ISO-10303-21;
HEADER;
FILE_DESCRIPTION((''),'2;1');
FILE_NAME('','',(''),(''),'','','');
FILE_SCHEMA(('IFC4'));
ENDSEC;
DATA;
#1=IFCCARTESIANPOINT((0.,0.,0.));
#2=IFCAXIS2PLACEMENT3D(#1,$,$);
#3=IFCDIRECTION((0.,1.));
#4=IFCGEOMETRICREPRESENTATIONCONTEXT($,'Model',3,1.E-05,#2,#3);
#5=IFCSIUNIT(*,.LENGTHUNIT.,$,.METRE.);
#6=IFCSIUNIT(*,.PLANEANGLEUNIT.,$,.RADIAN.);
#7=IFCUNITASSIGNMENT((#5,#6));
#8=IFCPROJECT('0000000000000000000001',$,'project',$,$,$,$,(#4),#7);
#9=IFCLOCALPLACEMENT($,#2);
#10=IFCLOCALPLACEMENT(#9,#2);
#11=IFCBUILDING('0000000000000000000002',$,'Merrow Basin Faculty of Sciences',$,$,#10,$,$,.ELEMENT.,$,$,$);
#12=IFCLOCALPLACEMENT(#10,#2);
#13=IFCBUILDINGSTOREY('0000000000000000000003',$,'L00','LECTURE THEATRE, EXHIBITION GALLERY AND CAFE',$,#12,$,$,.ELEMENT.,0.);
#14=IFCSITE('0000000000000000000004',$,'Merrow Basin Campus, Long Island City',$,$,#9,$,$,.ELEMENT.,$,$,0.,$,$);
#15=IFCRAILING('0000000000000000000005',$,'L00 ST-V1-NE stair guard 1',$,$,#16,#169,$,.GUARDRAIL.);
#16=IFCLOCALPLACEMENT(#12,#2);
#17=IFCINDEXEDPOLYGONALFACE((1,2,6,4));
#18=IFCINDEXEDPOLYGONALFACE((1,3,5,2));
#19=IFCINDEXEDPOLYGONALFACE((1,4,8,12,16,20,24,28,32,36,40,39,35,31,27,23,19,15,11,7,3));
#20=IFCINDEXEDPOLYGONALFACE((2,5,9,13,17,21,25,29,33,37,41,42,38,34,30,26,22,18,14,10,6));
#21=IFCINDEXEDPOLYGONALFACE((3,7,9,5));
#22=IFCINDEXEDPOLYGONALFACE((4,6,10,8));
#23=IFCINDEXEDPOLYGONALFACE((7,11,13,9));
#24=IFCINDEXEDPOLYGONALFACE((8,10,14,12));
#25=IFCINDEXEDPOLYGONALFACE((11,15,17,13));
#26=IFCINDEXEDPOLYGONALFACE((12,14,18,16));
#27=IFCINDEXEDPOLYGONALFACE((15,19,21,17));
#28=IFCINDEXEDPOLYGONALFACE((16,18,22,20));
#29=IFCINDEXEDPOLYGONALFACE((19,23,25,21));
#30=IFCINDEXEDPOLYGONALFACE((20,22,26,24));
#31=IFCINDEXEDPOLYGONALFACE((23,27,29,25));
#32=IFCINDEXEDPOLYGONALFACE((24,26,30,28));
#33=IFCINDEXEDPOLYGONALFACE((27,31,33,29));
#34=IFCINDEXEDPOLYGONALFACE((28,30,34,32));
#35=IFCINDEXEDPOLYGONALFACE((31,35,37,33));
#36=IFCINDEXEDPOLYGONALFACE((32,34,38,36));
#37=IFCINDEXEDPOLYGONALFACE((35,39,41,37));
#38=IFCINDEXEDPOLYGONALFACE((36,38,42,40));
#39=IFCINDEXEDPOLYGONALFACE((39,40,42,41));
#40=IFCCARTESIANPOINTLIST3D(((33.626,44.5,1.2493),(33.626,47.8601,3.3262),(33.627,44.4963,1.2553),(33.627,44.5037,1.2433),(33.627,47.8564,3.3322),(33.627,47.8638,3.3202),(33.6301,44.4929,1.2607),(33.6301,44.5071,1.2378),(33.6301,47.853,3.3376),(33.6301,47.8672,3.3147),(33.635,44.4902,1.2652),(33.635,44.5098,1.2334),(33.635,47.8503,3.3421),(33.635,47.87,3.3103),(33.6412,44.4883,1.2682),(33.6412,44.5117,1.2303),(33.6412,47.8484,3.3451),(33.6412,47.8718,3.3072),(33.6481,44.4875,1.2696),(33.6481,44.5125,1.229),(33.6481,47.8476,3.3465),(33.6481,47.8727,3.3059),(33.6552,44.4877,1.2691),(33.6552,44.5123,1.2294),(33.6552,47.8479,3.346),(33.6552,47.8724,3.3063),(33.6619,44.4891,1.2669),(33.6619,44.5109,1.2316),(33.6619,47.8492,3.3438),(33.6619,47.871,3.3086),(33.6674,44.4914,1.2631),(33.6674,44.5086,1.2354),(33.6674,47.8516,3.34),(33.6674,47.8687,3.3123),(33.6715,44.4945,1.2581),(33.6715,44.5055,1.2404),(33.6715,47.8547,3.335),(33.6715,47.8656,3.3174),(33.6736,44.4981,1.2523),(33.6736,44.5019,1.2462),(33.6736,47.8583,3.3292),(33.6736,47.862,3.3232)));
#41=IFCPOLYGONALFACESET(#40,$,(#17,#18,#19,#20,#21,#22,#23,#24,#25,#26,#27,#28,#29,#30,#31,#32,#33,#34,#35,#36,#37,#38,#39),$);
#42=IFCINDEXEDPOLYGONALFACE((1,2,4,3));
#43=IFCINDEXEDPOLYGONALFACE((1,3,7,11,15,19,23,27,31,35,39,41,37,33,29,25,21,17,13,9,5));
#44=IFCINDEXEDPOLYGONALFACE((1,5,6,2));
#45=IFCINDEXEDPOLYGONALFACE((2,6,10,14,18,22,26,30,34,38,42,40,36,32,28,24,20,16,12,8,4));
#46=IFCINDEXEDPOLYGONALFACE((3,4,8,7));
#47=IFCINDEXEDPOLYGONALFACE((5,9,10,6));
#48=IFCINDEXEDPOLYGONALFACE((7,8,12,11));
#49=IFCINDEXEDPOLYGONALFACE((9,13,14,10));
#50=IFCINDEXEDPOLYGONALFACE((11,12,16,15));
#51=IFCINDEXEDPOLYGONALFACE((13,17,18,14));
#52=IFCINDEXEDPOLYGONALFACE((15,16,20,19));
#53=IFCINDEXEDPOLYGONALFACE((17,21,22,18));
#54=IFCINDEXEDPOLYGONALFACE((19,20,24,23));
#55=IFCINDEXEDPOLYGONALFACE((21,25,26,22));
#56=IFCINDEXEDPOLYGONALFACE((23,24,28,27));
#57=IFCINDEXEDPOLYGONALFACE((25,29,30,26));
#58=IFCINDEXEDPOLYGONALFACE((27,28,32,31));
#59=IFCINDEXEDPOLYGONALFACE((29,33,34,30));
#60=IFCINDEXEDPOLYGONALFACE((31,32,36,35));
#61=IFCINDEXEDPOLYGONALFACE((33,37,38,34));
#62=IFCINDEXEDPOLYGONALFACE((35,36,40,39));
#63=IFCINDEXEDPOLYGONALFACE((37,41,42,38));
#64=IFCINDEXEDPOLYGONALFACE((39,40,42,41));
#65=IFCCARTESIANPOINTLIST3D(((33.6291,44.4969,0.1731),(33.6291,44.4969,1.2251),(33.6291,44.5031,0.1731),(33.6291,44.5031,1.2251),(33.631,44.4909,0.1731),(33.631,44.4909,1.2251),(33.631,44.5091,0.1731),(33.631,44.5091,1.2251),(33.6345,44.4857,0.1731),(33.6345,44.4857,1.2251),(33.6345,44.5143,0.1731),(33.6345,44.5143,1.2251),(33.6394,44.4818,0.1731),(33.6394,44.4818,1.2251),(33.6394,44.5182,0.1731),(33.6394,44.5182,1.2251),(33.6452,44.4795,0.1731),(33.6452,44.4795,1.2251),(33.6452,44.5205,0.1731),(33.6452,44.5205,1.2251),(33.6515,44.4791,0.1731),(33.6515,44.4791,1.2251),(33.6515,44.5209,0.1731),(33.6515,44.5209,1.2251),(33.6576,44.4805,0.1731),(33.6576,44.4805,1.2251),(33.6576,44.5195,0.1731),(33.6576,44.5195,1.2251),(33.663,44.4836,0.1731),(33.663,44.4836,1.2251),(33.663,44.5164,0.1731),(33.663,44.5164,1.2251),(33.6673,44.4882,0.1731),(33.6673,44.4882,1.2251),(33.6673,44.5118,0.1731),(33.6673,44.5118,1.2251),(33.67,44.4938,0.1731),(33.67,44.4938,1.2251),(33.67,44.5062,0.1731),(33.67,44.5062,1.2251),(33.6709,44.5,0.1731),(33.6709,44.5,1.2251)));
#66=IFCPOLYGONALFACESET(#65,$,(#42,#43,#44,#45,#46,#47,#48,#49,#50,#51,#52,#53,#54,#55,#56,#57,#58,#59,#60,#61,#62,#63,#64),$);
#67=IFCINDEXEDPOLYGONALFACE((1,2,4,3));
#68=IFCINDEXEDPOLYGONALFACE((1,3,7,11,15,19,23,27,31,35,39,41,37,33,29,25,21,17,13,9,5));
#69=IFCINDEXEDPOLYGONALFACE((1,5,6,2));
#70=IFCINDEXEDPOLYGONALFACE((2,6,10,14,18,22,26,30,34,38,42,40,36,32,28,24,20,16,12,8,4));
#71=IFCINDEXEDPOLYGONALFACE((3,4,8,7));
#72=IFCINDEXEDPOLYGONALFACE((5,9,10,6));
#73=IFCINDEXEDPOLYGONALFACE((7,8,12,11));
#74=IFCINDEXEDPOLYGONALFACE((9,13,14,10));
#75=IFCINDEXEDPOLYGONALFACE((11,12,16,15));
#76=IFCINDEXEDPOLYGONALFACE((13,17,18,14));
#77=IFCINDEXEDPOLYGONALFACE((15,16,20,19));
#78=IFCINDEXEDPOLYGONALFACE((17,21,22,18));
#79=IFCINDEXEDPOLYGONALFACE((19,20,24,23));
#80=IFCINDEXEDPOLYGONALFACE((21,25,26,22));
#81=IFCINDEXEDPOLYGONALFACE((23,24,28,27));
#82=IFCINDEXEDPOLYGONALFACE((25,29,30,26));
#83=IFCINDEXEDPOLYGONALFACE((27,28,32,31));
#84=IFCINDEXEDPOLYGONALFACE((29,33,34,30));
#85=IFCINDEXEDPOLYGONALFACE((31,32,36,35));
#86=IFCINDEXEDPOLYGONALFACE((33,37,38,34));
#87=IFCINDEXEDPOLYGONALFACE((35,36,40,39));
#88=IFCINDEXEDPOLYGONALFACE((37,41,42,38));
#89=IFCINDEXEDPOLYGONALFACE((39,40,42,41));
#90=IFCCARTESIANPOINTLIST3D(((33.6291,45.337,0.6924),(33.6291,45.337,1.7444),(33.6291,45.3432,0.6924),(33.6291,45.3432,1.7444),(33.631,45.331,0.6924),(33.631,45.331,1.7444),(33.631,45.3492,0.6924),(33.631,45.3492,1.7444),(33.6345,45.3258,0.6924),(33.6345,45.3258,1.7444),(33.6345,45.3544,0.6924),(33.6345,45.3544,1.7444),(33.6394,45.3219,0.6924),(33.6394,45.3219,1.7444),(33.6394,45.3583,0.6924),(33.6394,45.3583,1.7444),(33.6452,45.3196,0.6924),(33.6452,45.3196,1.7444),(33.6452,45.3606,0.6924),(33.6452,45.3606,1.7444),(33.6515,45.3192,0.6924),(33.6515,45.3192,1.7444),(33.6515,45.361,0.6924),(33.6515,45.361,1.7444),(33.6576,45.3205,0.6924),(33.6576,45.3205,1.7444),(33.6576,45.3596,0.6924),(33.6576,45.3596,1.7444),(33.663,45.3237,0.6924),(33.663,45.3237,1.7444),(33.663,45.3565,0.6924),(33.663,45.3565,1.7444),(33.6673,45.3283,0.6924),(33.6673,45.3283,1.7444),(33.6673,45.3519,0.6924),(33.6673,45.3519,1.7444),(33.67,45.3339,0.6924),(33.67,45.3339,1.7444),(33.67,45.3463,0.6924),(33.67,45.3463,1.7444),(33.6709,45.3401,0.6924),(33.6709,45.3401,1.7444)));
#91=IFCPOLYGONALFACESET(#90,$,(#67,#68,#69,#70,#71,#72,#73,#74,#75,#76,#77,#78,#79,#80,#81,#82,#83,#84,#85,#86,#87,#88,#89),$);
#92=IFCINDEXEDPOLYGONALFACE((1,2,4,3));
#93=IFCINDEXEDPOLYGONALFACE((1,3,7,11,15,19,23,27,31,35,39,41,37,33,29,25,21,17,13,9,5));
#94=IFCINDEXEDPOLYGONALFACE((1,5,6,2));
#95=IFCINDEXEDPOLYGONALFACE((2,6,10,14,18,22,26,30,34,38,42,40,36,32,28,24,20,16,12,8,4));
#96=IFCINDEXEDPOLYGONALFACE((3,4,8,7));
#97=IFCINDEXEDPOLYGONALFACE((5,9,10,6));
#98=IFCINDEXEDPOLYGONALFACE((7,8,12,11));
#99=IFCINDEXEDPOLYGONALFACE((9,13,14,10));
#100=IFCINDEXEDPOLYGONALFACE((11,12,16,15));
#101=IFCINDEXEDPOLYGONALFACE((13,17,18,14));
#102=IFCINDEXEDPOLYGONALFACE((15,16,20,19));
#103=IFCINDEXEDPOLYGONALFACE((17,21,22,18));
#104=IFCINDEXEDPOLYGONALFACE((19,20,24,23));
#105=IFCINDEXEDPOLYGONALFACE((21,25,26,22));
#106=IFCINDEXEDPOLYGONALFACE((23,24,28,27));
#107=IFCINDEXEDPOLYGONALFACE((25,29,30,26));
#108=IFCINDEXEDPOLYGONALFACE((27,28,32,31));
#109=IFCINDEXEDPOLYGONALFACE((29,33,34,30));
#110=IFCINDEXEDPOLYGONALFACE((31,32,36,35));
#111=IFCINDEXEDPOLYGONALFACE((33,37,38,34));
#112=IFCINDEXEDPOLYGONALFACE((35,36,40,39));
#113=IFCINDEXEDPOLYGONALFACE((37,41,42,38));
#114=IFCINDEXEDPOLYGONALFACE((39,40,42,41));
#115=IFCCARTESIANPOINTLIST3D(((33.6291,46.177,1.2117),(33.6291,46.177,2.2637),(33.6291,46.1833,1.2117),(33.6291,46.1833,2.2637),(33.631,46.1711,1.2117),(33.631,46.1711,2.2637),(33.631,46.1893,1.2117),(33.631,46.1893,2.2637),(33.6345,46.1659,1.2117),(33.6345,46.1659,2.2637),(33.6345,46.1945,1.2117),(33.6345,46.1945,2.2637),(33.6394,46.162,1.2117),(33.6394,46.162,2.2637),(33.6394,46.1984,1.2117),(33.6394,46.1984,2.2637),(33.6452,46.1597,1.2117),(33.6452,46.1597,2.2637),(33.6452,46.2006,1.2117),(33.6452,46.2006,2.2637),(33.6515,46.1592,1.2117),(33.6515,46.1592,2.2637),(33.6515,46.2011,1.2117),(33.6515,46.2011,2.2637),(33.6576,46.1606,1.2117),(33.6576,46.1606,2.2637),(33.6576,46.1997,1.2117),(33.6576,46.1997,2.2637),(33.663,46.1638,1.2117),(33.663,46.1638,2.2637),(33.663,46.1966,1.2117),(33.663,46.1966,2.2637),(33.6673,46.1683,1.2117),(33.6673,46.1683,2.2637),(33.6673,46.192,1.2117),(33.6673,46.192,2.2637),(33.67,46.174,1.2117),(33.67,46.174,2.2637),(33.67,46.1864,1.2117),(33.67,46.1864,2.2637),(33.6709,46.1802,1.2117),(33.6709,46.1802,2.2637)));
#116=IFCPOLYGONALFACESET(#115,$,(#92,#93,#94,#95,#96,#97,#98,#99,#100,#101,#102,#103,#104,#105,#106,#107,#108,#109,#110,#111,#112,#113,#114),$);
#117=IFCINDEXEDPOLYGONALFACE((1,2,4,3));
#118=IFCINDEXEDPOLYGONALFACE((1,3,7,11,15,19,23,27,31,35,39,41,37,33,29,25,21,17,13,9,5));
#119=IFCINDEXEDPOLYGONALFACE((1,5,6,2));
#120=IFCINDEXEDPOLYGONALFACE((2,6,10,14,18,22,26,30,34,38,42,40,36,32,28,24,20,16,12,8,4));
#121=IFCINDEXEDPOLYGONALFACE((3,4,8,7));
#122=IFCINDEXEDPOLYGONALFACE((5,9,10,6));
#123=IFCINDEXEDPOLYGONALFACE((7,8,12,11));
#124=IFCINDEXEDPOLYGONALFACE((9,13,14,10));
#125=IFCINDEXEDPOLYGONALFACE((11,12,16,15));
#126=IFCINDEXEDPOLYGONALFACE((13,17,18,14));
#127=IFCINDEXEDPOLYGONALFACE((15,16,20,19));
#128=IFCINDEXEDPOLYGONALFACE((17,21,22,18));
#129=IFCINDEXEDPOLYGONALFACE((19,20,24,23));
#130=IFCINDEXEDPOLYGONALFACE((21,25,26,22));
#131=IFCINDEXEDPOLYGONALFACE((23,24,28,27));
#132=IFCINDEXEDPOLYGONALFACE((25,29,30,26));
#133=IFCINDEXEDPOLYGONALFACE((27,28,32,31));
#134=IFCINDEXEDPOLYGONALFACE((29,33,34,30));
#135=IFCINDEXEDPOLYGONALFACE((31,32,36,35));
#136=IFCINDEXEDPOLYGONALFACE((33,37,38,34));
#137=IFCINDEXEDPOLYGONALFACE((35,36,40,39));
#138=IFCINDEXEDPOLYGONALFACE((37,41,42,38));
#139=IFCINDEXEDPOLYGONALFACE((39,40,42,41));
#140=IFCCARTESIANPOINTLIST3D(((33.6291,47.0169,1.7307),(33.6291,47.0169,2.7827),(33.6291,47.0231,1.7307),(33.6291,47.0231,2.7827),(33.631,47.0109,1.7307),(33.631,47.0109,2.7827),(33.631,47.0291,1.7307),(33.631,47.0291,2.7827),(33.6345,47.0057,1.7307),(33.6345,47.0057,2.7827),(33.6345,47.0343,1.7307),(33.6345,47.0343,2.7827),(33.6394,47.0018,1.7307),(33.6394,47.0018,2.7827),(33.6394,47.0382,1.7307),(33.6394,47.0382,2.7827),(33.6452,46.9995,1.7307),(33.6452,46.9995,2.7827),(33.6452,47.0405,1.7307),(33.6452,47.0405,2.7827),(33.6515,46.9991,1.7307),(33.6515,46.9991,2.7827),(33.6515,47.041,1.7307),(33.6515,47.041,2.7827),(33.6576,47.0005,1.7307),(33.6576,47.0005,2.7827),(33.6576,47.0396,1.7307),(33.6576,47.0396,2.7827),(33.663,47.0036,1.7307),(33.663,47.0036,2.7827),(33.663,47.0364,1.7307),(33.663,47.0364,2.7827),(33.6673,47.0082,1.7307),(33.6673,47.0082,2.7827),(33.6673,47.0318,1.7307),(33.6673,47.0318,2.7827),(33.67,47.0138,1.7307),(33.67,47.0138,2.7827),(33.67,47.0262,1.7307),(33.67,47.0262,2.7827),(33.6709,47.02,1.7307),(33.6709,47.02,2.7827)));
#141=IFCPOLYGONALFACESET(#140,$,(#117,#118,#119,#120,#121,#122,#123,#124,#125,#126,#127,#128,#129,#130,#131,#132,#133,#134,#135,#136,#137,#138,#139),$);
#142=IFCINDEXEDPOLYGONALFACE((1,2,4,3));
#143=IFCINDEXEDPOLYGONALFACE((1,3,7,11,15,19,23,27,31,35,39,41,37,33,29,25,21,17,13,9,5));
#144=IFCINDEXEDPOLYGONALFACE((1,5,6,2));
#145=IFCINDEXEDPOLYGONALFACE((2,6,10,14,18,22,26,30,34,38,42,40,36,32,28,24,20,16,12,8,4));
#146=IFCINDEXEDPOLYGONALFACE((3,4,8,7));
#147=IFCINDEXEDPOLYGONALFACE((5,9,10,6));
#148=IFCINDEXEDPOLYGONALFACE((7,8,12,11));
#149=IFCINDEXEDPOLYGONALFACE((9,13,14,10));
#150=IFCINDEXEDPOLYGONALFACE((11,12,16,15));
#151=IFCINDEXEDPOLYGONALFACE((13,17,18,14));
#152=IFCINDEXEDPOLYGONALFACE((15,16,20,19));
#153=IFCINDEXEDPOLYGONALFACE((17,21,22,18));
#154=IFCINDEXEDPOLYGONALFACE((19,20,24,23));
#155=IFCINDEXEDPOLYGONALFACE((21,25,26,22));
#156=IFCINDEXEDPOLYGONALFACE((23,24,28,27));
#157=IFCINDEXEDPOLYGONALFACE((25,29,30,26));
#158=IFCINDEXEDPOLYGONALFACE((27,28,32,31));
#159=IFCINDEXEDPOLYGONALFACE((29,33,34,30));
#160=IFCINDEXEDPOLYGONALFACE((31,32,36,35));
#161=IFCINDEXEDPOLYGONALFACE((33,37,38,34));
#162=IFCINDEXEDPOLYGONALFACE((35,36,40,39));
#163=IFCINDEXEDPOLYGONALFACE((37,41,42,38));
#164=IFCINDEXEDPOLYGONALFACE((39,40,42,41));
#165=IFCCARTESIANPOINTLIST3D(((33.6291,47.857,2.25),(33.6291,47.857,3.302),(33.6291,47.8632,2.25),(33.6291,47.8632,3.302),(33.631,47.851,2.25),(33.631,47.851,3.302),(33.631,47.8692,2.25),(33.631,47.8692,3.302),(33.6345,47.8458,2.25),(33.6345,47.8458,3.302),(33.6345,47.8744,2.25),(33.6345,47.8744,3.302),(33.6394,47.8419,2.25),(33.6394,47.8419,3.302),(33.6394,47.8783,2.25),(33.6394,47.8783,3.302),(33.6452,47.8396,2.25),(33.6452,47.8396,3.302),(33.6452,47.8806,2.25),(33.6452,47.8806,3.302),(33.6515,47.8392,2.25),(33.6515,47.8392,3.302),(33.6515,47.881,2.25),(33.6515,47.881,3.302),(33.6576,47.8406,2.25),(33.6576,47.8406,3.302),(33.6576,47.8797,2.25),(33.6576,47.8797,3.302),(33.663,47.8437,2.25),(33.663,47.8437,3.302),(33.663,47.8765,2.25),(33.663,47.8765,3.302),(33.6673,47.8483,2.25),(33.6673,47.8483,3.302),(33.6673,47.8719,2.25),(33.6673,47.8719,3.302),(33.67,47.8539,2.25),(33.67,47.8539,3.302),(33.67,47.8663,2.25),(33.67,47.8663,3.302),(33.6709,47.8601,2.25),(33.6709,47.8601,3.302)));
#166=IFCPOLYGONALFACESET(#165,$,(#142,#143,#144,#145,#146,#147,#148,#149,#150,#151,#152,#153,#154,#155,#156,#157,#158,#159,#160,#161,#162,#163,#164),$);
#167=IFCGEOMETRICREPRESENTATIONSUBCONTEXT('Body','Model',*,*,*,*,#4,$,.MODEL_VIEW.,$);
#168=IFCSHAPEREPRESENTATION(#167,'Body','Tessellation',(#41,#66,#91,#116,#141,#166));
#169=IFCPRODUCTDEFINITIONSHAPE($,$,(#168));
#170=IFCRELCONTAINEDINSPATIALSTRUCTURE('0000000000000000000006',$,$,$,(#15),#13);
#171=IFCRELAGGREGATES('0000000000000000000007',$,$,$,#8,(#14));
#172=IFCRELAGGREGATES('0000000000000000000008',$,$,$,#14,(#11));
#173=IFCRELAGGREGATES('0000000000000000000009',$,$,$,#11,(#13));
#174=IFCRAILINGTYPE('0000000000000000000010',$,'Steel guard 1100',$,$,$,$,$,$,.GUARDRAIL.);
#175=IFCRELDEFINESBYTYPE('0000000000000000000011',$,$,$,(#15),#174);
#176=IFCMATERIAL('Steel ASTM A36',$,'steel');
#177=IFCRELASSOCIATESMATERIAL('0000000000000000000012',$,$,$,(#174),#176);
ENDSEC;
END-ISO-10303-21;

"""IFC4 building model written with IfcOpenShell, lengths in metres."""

from ifc_helpers import new_model, si_unit, direction, frame, origin, origin_2d, place, context, subcontext, project, spatial, circle, extrude, material, type_object, element, save


model = new_model("IFC4")

# Units and contexts
model_context = context("Model", 3, precision=1e-05, world=origin(), true_north=direction((0.0, 1.0)))
body_context = subcontext(model_context, "Body", "Model", "MODEL_VIEW")
ifc_project = project(units=[si_unit("LENGTHUNIT", "METRE"), si_unit("PLANEANGLEUNIT", "RADIAN")], contexts=[model_context])

# Site, building, storey
site_placement = place(None, origin())
site = spatial("IfcSite", under=ifc_project, at=site_placement, Name="Merrow Basin Campus, Long Island City", CompositionType="ELEMENT", RefElevation=0.0)
building_placement = place(site_placement, origin())
building = spatial("IfcBuilding", under=site, at=building_placement, Name="Merrow Basin Faculty of Sciences", CompositionType="ELEMENT")
storey_placement = place(building_placement, origin())
storey = spatial("IfcBuildingStorey", under=building, at=storey_placement, Name="L00", Description="LECTURE THEATRE, EXHIBITION GALLERY AND CAFE", CompositionType="ELEMENT", Elevation=0.0)

# Railing
ifc_material_1 = material(Name="Steel ASTM A36", Category="steel")
railing_type_1 = type_object("IfcRailingType", Name="Steel guard 1100", PredefinedType="GUARDRAIL", material=ifc_material_1)
railing_1_placement = place(storey_placement, frame((33.6499, 44.5, 0.1731)))
element("IfcRailing", 1, at=railing_1_placement, inside=storey, type_object=railing_type_1, Name="L00 ST-V1-NE stair guard 1", PredefinedType="GUARDRAIL", context=body_context, shape_type="SweptSolid", body=[
    extrude(circle(Radius=0.0239, at=origin_2d()), frame((0.0, 0.0, 1.0762), z_axis=(0.0, 0.850623, 0.525776), x_axis=(-1.0, 0.0, 0.0)), (0.0, 0.0, 1.0), 3.9502),
    extrude(circle(Radius=0.021, at=origin_2d()), origin(), (0.0, 0.0, 1.0), 1.052),
    extrude(circle(Radius=0.021, at=origin_2d()), frame((0.0, 0.8401, 0.5193)), (0.0, 0.0, 1.0), 1.052),
    extrude(circle(Radius=0.021, at=origin_2d()), frame((0.0, 1.6802, 1.0386)), (0.0, 0.0, 1.0), 1.052),
    extrude(circle(Radius=0.021, at=origin_2d()), frame((0.0, 2.52, 1.5576)), (0.0, 0.0, 1.0), 1.052),
    extrude(circle(Radius=0.021, at=origin_2d()), frame((0.0, 3.3601, 2.0769)), (0.0, 0.0, 1.0), 1.052),
])

save(model, "model.ifc")
